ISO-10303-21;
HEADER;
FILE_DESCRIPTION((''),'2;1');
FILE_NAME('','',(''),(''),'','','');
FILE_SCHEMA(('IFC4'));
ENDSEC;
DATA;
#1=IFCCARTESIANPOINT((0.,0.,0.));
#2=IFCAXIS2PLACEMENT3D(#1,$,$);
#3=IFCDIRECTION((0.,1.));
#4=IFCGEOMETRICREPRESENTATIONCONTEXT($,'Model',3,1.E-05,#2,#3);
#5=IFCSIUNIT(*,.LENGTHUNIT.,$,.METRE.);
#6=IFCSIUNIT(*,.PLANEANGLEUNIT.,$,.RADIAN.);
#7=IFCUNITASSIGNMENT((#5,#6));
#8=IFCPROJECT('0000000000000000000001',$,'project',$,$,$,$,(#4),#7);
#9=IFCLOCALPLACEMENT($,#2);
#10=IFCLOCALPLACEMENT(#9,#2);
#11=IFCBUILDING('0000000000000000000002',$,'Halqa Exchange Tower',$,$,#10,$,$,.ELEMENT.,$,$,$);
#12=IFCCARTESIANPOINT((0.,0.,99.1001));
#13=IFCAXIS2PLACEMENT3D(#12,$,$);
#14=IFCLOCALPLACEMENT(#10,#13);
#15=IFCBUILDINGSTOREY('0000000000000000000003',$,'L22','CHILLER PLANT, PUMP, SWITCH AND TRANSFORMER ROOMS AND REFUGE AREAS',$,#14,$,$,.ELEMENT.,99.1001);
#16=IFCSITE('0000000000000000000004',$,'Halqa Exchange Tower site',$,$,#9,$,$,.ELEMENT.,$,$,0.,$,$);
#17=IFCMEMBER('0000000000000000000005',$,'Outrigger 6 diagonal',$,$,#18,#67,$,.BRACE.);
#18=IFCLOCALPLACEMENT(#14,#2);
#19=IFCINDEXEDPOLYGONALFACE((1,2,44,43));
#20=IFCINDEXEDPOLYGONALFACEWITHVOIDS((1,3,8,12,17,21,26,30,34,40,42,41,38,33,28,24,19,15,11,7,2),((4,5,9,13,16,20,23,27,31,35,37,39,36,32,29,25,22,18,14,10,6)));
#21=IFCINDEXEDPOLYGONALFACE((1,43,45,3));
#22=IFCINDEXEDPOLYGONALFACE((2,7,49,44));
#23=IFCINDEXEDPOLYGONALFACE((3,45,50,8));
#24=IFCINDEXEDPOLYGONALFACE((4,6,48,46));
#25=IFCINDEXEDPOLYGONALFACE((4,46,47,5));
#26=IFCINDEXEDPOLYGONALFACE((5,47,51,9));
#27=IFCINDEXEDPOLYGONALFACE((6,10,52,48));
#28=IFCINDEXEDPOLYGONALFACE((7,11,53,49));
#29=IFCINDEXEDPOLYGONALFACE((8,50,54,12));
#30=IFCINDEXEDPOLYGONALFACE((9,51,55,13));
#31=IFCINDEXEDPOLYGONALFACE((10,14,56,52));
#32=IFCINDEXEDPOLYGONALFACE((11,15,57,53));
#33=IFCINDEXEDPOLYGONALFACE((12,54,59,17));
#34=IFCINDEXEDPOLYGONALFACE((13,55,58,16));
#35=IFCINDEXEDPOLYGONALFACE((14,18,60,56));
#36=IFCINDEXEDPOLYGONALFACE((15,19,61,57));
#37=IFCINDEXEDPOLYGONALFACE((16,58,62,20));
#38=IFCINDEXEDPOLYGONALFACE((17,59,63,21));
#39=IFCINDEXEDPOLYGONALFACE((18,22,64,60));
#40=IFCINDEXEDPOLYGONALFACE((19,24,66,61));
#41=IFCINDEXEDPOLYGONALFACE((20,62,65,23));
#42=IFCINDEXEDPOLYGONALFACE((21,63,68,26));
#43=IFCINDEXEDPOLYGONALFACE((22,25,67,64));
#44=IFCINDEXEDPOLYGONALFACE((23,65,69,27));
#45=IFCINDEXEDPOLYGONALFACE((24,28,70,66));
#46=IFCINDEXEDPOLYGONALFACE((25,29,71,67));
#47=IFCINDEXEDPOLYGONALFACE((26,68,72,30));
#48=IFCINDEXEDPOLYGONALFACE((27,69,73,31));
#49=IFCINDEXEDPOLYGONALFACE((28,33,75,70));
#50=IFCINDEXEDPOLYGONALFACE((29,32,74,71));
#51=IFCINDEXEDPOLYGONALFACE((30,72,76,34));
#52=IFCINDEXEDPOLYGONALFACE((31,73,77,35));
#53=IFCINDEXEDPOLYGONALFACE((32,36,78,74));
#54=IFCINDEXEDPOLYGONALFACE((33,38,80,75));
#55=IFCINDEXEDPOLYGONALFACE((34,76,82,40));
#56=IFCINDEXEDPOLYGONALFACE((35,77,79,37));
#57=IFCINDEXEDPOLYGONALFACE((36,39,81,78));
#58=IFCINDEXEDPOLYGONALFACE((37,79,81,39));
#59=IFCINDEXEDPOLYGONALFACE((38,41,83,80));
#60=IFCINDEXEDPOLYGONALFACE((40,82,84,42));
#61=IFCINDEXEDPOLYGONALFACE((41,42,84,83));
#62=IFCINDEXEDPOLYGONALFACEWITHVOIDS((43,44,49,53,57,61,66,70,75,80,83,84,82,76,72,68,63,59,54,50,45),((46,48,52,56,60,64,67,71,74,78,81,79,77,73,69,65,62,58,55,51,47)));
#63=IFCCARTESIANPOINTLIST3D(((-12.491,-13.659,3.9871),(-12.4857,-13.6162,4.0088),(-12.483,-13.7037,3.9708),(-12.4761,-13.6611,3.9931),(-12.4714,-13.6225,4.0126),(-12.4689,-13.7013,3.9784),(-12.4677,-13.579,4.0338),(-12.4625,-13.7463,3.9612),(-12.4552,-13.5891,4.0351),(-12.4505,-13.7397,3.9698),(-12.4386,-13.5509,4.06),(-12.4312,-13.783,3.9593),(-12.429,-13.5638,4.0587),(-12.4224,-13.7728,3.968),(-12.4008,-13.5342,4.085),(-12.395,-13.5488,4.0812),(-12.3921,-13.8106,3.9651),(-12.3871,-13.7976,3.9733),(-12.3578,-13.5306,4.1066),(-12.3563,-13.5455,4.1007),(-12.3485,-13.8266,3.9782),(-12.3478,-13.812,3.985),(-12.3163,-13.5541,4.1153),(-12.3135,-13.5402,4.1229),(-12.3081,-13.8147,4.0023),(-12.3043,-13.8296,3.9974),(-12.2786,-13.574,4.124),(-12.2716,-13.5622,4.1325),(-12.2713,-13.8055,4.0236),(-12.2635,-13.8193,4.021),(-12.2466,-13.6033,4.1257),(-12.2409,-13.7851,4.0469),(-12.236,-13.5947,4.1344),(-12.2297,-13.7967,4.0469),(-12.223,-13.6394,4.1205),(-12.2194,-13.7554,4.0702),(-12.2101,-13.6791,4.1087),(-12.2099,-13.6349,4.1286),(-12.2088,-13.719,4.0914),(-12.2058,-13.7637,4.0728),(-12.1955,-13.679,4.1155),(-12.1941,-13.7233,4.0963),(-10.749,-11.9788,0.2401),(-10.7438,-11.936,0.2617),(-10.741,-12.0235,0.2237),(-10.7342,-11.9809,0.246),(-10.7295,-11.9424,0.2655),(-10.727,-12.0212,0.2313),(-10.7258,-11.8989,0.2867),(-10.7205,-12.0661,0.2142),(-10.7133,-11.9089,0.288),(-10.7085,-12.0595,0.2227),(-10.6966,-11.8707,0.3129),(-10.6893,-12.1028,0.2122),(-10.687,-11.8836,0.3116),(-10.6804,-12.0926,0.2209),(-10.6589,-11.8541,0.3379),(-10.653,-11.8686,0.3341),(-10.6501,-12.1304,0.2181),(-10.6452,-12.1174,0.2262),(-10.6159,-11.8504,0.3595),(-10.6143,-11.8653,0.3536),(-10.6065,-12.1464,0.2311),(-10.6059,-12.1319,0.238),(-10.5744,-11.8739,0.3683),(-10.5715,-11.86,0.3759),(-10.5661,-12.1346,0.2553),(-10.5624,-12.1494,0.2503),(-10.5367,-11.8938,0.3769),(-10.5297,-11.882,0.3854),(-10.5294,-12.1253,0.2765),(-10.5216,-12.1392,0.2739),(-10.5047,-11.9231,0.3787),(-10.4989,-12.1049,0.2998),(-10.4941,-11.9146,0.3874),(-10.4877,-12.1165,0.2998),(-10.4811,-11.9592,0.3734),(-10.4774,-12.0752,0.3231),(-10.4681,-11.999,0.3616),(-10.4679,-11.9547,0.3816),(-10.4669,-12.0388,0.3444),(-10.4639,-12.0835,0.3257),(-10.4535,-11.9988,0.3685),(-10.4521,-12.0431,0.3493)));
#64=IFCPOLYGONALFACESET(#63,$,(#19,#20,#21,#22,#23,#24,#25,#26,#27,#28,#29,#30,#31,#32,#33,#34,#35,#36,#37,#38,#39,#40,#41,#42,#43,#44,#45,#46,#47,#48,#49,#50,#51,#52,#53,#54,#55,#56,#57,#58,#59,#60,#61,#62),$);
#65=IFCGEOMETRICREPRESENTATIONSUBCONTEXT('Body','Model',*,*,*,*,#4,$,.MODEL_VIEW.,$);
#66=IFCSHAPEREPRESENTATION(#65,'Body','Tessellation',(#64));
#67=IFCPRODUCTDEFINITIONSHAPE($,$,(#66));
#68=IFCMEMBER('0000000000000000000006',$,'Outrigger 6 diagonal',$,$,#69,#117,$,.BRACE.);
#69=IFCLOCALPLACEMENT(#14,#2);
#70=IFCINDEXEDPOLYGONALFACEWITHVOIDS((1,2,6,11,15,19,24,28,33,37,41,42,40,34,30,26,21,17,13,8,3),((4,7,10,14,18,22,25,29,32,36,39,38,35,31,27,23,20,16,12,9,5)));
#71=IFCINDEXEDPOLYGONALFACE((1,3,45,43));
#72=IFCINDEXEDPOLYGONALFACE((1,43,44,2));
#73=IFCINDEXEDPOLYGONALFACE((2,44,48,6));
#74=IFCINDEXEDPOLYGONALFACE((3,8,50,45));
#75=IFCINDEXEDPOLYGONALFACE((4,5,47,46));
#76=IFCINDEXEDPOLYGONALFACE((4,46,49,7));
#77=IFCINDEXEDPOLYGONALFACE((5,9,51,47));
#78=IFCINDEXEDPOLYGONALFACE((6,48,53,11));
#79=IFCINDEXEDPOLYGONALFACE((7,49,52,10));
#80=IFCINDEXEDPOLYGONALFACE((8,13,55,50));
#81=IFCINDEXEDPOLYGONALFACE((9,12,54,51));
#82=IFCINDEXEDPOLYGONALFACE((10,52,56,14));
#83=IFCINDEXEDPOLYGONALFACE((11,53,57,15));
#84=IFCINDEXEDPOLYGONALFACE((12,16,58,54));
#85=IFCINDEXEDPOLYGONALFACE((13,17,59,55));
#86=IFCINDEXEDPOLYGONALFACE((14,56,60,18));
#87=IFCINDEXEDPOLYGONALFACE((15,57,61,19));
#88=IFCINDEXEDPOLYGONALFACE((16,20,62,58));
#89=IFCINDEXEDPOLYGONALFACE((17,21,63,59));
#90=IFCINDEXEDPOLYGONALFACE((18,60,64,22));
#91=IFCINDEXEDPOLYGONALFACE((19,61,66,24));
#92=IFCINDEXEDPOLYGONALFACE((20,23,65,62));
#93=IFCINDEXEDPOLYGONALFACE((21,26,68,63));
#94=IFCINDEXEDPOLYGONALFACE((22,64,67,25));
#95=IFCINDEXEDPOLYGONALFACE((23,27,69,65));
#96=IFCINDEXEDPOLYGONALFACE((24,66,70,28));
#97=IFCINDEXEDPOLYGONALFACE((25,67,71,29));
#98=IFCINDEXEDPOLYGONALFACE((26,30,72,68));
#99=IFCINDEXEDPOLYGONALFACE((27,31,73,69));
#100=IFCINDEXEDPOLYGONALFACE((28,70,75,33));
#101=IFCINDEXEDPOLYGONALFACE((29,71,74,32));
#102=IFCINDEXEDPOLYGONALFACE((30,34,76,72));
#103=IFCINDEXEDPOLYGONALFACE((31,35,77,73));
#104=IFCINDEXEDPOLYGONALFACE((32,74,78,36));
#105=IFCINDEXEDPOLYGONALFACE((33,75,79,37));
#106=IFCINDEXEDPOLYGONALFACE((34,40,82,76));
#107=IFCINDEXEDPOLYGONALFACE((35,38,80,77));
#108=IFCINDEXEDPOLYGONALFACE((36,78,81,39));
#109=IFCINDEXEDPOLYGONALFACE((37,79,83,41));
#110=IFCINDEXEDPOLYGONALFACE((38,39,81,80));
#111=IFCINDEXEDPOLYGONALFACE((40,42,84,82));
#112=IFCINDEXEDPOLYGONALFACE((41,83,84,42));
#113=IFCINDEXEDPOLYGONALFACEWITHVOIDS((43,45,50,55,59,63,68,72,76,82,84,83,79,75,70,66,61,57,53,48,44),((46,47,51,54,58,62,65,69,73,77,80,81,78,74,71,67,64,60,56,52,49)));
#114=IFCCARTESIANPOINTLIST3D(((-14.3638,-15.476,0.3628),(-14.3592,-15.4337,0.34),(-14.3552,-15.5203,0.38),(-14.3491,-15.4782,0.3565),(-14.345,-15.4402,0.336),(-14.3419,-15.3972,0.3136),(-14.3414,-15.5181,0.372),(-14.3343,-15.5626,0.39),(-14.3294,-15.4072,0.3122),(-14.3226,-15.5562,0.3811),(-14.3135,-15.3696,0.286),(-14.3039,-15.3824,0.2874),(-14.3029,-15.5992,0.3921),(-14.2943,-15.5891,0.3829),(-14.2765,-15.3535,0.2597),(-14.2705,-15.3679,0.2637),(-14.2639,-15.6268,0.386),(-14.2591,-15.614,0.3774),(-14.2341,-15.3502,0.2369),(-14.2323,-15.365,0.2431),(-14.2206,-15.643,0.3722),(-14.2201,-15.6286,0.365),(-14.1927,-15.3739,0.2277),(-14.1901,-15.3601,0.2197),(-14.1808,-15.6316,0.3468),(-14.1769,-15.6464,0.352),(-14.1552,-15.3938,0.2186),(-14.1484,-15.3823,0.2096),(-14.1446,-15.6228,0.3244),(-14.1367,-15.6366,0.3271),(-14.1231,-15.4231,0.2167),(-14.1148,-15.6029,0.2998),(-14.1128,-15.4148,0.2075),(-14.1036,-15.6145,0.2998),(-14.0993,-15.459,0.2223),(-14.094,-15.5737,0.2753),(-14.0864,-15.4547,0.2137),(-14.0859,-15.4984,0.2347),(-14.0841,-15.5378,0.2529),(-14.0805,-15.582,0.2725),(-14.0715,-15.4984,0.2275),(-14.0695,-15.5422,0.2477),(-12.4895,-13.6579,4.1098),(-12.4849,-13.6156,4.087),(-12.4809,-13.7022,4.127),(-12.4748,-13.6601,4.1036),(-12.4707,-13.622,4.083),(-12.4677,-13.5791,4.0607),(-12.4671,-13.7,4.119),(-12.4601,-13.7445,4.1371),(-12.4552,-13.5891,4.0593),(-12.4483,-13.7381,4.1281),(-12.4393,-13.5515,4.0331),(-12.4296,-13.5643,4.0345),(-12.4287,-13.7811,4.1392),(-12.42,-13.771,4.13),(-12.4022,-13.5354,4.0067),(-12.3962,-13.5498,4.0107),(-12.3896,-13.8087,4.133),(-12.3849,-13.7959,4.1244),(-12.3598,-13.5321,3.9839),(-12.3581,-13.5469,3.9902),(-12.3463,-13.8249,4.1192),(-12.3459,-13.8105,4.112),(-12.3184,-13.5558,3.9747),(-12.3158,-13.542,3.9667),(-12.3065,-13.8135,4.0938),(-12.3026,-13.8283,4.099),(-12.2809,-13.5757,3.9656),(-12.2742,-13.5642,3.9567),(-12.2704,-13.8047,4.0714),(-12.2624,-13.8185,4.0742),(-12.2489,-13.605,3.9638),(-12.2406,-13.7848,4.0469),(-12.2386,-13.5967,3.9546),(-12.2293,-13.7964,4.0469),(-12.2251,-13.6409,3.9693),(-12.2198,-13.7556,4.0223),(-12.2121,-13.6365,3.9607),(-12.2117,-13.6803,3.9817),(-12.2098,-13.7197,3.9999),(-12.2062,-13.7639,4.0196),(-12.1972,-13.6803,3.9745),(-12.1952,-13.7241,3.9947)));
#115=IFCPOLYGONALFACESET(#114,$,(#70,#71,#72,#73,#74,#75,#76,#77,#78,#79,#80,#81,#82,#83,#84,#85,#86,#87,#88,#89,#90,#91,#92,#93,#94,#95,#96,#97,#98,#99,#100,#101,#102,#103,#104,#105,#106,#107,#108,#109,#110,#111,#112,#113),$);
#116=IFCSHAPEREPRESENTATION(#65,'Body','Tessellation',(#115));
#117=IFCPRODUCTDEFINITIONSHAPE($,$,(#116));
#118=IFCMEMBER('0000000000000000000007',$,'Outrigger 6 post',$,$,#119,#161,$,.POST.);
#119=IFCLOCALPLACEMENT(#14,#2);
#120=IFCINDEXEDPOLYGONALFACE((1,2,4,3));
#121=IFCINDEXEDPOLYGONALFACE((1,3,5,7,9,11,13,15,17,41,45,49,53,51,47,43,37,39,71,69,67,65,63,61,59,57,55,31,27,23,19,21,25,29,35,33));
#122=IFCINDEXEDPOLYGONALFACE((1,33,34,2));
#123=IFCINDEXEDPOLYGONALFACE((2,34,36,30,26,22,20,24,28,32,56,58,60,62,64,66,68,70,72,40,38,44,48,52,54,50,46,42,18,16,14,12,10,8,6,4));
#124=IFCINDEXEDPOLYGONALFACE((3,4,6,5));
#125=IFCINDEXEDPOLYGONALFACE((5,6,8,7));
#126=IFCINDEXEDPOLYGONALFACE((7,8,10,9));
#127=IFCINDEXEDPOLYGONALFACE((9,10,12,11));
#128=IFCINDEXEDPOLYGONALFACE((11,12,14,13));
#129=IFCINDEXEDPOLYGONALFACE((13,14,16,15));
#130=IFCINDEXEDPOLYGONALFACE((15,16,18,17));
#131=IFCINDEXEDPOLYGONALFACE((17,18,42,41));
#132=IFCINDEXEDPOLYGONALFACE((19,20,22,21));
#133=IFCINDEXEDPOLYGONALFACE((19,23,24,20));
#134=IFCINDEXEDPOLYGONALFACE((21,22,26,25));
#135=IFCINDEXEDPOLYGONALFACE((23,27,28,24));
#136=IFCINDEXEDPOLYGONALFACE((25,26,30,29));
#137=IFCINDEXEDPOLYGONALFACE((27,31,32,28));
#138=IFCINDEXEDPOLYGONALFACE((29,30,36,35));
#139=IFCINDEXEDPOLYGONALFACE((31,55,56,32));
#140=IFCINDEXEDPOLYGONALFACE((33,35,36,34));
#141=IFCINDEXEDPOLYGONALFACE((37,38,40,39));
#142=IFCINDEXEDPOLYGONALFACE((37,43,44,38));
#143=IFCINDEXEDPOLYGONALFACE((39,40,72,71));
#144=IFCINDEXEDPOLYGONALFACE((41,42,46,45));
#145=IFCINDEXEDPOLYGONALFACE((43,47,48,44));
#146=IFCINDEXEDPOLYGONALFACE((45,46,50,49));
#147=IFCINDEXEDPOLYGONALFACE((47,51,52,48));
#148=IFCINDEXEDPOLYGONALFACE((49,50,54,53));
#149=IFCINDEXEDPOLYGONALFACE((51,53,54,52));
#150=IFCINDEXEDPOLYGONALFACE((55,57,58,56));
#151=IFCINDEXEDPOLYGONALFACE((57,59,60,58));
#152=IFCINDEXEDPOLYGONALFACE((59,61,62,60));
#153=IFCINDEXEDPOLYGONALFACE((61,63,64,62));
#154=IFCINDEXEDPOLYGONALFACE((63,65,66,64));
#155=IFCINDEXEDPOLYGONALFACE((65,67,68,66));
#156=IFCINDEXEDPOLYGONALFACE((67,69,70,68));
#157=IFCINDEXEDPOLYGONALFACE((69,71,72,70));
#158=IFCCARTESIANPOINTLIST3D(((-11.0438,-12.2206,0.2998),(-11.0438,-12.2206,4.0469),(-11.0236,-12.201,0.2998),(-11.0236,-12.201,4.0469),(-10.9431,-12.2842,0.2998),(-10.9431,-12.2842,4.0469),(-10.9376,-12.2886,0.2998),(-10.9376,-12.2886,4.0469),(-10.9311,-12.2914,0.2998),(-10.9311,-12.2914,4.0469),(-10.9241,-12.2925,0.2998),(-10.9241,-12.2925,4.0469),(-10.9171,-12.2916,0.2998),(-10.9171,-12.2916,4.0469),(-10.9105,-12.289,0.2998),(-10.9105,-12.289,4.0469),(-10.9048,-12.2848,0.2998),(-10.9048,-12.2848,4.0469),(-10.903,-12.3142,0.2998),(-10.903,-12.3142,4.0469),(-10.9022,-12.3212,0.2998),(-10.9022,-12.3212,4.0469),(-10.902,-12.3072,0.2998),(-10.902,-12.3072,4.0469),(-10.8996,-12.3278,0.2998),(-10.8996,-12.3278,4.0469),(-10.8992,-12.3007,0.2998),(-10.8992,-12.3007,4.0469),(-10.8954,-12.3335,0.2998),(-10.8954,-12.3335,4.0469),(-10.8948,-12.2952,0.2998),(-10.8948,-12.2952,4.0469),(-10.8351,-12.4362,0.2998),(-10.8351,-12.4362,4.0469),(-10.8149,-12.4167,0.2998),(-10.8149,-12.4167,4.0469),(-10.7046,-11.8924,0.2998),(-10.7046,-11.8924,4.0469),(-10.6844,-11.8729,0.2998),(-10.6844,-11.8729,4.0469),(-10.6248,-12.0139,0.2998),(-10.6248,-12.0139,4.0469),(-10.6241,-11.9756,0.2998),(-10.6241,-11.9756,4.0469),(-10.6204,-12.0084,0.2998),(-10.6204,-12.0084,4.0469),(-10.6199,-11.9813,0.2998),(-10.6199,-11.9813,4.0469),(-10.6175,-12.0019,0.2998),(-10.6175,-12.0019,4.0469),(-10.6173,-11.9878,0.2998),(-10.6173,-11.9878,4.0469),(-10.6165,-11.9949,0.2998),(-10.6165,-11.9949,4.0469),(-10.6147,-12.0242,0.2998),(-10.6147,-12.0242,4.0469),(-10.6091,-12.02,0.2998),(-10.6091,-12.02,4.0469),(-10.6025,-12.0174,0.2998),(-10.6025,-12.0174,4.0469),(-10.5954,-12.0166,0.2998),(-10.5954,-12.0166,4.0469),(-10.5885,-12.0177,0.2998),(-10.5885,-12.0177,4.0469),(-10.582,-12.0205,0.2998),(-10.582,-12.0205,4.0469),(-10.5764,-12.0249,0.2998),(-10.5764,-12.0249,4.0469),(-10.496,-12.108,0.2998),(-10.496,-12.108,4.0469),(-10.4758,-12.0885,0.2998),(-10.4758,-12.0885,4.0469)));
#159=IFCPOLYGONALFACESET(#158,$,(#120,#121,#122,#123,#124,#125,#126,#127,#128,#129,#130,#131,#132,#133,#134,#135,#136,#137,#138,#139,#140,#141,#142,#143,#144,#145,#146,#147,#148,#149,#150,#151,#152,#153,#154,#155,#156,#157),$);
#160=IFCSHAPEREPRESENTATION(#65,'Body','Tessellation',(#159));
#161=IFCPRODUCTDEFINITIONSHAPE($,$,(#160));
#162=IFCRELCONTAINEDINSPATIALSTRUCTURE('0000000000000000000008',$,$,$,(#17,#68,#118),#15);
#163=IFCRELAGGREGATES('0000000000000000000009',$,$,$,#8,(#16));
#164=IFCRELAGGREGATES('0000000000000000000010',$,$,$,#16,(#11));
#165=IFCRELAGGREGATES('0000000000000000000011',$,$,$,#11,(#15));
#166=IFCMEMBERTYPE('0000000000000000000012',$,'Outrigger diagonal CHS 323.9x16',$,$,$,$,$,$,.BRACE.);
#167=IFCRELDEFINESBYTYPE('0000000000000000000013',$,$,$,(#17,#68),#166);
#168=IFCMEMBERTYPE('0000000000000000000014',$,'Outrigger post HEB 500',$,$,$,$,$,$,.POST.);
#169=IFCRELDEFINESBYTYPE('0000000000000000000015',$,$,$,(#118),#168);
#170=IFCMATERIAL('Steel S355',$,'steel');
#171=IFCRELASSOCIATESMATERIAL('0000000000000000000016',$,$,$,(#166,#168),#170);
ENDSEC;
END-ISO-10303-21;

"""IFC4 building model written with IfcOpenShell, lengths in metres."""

from ifc_helpers import new_model, si_unit, direction, frame, origin, origin_2d, place, context, subcontext, project, spatial, hollow_circle, i_section, extrude, material, material_profile, profile_set, type_object, element, save


model = new_model("IFC4")

# Units and contexts
model_context = context("Model", 3, precision=1e-05, world=origin(), true_north=direction((0.0, 1.0)))
body_context = subcontext(model_context, "Body", "Model", "MODEL_VIEW")
ifc_project = project(units=[si_unit("LENGTHUNIT", "METRE"), si_unit("PLANEANGLEUNIT", "RADIAN")], contexts=[model_context])

# Site, building, storey
site_placement = place(None, origin())
site = spatial("IfcSite", under=ifc_project, at=site_placement, Name="Halqa Exchange Tower site", CompositionType="ELEMENT", RefElevation=0.0)
building_placement = place(site_placement, origin())
building = spatial("IfcBuilding", under=site, at=building_placement, Name="Halqa Exchange Tower", CompositionType="ELEMENT")
storey_placement = place(building_placement, frame((0.0, 0.0, 99.1001)))
storey = spatial("IfcBuildingStorey", under=building, at=storey_placement, Name="L22", Description="CHILLER PLANT, PUMP, SWITCH AND TRANSFORMER ROOMS AND REFUGE AREAS", CompositionType="ELEMENT", Elevation=99.1001)

# Shared definitions
ifc_material_1 = material(Name="Steel S355", Category="steel")

# Members
ifc_material_profile_1 = material_profile(ifc_material_1, hollow_circle(Radius=0.1619, WallThickness=0.0161, at=origin_2d()), Name="CHS 323.9x16")
ifc_profile_set_1 = profile_set([ifc_material_profile_1], Name="Steel S355")
member_type_1 = type_object("IfcMemberType", Name="Outrigger diagonal CHS 323.9x16", PredefinedType="BRACE", material=ifc_profile_set_1)
member_1_placement = place(storey_placement, frame((-10.6001, -12.0, 0.2998), z_axis=(-0.390508, -0.376661, 0.840017), x_axis=(0.694231, -0.719752, 0.0)))
element("IfcMember", 1, at=member_1_placement, inside=storey, type_object=member_type_1, Name="Outrigger 6 diagonal", PredefinedType="BRACE", context=body_context, shape_type="SweptSolid", body=[
    extrude(hollow_circle(Radius=0.1619, WallThickness=0.0161, at=origin_2d()), origin(), (0.0, 0.0, 1.0), 4.4607),
])
member_2_placement = place(storey_placement, frame((-12.342, -13.6802, 4.0469), z_axis=(-0.410379, -0.398084, -0.820438), x_axis=(0.696273, -0.717777, 0.0)))
element("IfcMember", 2, at=member_2_placement, inside=storey, type_object=member_type_1, Name="Outrigger 6 diagonal", PredefinedType="BRACE", context=body_context, shape_type="SweptSolid", body=[
    extrude(hollow_circle(Radius=0.1619, WallThickness=0.0161, at=origin_2d()), origin(), (0.0, 0.0, 1.0), 4.5671),
])
ifc_material_profile_2 = material_profile(ifc_material_1, i_section(OverallWidth=0.3, OverallDepth=0.5, WebThickness=0.0144, FlangeThickness=0.0281, FilletRadius=0.0271, at=origin_2d()), Name="HEB 500")
ifc_profile_set_2 = profile_set([ifc_material_profile_2], Name="Steel S355")
member_type_2 = type_object("IfcMemberType", Name="Outrigger post HEB 500", PredefinedType="POST", material=ifc_profile_set_2)
member_3_placement = place(storey_placement, frame((-10.7598, -12.1545, 0.2998), z_axis=(0.0, 0.0, 1.0), x_axis=(0.695336, -0.718685, 0.0)))
element("IfcMember", 3, at=member_3_placement, inside=storey, type_object=member_type_2, Name="Outrigger 6 post", PredefinedType="POST", context=body_context, shape_type="SweptSolid", body=[
    extrude(i_section(OverallWidth=0.3, OverallDepth=0.5, WebThickness=0.0144, FlangeThickness=0.0281, FilletRadius=0.0271, at=origin_2d()), origin(), (0.0, 0.0, 1.0), 3.7471),
])

save(model, "model.ifc")
